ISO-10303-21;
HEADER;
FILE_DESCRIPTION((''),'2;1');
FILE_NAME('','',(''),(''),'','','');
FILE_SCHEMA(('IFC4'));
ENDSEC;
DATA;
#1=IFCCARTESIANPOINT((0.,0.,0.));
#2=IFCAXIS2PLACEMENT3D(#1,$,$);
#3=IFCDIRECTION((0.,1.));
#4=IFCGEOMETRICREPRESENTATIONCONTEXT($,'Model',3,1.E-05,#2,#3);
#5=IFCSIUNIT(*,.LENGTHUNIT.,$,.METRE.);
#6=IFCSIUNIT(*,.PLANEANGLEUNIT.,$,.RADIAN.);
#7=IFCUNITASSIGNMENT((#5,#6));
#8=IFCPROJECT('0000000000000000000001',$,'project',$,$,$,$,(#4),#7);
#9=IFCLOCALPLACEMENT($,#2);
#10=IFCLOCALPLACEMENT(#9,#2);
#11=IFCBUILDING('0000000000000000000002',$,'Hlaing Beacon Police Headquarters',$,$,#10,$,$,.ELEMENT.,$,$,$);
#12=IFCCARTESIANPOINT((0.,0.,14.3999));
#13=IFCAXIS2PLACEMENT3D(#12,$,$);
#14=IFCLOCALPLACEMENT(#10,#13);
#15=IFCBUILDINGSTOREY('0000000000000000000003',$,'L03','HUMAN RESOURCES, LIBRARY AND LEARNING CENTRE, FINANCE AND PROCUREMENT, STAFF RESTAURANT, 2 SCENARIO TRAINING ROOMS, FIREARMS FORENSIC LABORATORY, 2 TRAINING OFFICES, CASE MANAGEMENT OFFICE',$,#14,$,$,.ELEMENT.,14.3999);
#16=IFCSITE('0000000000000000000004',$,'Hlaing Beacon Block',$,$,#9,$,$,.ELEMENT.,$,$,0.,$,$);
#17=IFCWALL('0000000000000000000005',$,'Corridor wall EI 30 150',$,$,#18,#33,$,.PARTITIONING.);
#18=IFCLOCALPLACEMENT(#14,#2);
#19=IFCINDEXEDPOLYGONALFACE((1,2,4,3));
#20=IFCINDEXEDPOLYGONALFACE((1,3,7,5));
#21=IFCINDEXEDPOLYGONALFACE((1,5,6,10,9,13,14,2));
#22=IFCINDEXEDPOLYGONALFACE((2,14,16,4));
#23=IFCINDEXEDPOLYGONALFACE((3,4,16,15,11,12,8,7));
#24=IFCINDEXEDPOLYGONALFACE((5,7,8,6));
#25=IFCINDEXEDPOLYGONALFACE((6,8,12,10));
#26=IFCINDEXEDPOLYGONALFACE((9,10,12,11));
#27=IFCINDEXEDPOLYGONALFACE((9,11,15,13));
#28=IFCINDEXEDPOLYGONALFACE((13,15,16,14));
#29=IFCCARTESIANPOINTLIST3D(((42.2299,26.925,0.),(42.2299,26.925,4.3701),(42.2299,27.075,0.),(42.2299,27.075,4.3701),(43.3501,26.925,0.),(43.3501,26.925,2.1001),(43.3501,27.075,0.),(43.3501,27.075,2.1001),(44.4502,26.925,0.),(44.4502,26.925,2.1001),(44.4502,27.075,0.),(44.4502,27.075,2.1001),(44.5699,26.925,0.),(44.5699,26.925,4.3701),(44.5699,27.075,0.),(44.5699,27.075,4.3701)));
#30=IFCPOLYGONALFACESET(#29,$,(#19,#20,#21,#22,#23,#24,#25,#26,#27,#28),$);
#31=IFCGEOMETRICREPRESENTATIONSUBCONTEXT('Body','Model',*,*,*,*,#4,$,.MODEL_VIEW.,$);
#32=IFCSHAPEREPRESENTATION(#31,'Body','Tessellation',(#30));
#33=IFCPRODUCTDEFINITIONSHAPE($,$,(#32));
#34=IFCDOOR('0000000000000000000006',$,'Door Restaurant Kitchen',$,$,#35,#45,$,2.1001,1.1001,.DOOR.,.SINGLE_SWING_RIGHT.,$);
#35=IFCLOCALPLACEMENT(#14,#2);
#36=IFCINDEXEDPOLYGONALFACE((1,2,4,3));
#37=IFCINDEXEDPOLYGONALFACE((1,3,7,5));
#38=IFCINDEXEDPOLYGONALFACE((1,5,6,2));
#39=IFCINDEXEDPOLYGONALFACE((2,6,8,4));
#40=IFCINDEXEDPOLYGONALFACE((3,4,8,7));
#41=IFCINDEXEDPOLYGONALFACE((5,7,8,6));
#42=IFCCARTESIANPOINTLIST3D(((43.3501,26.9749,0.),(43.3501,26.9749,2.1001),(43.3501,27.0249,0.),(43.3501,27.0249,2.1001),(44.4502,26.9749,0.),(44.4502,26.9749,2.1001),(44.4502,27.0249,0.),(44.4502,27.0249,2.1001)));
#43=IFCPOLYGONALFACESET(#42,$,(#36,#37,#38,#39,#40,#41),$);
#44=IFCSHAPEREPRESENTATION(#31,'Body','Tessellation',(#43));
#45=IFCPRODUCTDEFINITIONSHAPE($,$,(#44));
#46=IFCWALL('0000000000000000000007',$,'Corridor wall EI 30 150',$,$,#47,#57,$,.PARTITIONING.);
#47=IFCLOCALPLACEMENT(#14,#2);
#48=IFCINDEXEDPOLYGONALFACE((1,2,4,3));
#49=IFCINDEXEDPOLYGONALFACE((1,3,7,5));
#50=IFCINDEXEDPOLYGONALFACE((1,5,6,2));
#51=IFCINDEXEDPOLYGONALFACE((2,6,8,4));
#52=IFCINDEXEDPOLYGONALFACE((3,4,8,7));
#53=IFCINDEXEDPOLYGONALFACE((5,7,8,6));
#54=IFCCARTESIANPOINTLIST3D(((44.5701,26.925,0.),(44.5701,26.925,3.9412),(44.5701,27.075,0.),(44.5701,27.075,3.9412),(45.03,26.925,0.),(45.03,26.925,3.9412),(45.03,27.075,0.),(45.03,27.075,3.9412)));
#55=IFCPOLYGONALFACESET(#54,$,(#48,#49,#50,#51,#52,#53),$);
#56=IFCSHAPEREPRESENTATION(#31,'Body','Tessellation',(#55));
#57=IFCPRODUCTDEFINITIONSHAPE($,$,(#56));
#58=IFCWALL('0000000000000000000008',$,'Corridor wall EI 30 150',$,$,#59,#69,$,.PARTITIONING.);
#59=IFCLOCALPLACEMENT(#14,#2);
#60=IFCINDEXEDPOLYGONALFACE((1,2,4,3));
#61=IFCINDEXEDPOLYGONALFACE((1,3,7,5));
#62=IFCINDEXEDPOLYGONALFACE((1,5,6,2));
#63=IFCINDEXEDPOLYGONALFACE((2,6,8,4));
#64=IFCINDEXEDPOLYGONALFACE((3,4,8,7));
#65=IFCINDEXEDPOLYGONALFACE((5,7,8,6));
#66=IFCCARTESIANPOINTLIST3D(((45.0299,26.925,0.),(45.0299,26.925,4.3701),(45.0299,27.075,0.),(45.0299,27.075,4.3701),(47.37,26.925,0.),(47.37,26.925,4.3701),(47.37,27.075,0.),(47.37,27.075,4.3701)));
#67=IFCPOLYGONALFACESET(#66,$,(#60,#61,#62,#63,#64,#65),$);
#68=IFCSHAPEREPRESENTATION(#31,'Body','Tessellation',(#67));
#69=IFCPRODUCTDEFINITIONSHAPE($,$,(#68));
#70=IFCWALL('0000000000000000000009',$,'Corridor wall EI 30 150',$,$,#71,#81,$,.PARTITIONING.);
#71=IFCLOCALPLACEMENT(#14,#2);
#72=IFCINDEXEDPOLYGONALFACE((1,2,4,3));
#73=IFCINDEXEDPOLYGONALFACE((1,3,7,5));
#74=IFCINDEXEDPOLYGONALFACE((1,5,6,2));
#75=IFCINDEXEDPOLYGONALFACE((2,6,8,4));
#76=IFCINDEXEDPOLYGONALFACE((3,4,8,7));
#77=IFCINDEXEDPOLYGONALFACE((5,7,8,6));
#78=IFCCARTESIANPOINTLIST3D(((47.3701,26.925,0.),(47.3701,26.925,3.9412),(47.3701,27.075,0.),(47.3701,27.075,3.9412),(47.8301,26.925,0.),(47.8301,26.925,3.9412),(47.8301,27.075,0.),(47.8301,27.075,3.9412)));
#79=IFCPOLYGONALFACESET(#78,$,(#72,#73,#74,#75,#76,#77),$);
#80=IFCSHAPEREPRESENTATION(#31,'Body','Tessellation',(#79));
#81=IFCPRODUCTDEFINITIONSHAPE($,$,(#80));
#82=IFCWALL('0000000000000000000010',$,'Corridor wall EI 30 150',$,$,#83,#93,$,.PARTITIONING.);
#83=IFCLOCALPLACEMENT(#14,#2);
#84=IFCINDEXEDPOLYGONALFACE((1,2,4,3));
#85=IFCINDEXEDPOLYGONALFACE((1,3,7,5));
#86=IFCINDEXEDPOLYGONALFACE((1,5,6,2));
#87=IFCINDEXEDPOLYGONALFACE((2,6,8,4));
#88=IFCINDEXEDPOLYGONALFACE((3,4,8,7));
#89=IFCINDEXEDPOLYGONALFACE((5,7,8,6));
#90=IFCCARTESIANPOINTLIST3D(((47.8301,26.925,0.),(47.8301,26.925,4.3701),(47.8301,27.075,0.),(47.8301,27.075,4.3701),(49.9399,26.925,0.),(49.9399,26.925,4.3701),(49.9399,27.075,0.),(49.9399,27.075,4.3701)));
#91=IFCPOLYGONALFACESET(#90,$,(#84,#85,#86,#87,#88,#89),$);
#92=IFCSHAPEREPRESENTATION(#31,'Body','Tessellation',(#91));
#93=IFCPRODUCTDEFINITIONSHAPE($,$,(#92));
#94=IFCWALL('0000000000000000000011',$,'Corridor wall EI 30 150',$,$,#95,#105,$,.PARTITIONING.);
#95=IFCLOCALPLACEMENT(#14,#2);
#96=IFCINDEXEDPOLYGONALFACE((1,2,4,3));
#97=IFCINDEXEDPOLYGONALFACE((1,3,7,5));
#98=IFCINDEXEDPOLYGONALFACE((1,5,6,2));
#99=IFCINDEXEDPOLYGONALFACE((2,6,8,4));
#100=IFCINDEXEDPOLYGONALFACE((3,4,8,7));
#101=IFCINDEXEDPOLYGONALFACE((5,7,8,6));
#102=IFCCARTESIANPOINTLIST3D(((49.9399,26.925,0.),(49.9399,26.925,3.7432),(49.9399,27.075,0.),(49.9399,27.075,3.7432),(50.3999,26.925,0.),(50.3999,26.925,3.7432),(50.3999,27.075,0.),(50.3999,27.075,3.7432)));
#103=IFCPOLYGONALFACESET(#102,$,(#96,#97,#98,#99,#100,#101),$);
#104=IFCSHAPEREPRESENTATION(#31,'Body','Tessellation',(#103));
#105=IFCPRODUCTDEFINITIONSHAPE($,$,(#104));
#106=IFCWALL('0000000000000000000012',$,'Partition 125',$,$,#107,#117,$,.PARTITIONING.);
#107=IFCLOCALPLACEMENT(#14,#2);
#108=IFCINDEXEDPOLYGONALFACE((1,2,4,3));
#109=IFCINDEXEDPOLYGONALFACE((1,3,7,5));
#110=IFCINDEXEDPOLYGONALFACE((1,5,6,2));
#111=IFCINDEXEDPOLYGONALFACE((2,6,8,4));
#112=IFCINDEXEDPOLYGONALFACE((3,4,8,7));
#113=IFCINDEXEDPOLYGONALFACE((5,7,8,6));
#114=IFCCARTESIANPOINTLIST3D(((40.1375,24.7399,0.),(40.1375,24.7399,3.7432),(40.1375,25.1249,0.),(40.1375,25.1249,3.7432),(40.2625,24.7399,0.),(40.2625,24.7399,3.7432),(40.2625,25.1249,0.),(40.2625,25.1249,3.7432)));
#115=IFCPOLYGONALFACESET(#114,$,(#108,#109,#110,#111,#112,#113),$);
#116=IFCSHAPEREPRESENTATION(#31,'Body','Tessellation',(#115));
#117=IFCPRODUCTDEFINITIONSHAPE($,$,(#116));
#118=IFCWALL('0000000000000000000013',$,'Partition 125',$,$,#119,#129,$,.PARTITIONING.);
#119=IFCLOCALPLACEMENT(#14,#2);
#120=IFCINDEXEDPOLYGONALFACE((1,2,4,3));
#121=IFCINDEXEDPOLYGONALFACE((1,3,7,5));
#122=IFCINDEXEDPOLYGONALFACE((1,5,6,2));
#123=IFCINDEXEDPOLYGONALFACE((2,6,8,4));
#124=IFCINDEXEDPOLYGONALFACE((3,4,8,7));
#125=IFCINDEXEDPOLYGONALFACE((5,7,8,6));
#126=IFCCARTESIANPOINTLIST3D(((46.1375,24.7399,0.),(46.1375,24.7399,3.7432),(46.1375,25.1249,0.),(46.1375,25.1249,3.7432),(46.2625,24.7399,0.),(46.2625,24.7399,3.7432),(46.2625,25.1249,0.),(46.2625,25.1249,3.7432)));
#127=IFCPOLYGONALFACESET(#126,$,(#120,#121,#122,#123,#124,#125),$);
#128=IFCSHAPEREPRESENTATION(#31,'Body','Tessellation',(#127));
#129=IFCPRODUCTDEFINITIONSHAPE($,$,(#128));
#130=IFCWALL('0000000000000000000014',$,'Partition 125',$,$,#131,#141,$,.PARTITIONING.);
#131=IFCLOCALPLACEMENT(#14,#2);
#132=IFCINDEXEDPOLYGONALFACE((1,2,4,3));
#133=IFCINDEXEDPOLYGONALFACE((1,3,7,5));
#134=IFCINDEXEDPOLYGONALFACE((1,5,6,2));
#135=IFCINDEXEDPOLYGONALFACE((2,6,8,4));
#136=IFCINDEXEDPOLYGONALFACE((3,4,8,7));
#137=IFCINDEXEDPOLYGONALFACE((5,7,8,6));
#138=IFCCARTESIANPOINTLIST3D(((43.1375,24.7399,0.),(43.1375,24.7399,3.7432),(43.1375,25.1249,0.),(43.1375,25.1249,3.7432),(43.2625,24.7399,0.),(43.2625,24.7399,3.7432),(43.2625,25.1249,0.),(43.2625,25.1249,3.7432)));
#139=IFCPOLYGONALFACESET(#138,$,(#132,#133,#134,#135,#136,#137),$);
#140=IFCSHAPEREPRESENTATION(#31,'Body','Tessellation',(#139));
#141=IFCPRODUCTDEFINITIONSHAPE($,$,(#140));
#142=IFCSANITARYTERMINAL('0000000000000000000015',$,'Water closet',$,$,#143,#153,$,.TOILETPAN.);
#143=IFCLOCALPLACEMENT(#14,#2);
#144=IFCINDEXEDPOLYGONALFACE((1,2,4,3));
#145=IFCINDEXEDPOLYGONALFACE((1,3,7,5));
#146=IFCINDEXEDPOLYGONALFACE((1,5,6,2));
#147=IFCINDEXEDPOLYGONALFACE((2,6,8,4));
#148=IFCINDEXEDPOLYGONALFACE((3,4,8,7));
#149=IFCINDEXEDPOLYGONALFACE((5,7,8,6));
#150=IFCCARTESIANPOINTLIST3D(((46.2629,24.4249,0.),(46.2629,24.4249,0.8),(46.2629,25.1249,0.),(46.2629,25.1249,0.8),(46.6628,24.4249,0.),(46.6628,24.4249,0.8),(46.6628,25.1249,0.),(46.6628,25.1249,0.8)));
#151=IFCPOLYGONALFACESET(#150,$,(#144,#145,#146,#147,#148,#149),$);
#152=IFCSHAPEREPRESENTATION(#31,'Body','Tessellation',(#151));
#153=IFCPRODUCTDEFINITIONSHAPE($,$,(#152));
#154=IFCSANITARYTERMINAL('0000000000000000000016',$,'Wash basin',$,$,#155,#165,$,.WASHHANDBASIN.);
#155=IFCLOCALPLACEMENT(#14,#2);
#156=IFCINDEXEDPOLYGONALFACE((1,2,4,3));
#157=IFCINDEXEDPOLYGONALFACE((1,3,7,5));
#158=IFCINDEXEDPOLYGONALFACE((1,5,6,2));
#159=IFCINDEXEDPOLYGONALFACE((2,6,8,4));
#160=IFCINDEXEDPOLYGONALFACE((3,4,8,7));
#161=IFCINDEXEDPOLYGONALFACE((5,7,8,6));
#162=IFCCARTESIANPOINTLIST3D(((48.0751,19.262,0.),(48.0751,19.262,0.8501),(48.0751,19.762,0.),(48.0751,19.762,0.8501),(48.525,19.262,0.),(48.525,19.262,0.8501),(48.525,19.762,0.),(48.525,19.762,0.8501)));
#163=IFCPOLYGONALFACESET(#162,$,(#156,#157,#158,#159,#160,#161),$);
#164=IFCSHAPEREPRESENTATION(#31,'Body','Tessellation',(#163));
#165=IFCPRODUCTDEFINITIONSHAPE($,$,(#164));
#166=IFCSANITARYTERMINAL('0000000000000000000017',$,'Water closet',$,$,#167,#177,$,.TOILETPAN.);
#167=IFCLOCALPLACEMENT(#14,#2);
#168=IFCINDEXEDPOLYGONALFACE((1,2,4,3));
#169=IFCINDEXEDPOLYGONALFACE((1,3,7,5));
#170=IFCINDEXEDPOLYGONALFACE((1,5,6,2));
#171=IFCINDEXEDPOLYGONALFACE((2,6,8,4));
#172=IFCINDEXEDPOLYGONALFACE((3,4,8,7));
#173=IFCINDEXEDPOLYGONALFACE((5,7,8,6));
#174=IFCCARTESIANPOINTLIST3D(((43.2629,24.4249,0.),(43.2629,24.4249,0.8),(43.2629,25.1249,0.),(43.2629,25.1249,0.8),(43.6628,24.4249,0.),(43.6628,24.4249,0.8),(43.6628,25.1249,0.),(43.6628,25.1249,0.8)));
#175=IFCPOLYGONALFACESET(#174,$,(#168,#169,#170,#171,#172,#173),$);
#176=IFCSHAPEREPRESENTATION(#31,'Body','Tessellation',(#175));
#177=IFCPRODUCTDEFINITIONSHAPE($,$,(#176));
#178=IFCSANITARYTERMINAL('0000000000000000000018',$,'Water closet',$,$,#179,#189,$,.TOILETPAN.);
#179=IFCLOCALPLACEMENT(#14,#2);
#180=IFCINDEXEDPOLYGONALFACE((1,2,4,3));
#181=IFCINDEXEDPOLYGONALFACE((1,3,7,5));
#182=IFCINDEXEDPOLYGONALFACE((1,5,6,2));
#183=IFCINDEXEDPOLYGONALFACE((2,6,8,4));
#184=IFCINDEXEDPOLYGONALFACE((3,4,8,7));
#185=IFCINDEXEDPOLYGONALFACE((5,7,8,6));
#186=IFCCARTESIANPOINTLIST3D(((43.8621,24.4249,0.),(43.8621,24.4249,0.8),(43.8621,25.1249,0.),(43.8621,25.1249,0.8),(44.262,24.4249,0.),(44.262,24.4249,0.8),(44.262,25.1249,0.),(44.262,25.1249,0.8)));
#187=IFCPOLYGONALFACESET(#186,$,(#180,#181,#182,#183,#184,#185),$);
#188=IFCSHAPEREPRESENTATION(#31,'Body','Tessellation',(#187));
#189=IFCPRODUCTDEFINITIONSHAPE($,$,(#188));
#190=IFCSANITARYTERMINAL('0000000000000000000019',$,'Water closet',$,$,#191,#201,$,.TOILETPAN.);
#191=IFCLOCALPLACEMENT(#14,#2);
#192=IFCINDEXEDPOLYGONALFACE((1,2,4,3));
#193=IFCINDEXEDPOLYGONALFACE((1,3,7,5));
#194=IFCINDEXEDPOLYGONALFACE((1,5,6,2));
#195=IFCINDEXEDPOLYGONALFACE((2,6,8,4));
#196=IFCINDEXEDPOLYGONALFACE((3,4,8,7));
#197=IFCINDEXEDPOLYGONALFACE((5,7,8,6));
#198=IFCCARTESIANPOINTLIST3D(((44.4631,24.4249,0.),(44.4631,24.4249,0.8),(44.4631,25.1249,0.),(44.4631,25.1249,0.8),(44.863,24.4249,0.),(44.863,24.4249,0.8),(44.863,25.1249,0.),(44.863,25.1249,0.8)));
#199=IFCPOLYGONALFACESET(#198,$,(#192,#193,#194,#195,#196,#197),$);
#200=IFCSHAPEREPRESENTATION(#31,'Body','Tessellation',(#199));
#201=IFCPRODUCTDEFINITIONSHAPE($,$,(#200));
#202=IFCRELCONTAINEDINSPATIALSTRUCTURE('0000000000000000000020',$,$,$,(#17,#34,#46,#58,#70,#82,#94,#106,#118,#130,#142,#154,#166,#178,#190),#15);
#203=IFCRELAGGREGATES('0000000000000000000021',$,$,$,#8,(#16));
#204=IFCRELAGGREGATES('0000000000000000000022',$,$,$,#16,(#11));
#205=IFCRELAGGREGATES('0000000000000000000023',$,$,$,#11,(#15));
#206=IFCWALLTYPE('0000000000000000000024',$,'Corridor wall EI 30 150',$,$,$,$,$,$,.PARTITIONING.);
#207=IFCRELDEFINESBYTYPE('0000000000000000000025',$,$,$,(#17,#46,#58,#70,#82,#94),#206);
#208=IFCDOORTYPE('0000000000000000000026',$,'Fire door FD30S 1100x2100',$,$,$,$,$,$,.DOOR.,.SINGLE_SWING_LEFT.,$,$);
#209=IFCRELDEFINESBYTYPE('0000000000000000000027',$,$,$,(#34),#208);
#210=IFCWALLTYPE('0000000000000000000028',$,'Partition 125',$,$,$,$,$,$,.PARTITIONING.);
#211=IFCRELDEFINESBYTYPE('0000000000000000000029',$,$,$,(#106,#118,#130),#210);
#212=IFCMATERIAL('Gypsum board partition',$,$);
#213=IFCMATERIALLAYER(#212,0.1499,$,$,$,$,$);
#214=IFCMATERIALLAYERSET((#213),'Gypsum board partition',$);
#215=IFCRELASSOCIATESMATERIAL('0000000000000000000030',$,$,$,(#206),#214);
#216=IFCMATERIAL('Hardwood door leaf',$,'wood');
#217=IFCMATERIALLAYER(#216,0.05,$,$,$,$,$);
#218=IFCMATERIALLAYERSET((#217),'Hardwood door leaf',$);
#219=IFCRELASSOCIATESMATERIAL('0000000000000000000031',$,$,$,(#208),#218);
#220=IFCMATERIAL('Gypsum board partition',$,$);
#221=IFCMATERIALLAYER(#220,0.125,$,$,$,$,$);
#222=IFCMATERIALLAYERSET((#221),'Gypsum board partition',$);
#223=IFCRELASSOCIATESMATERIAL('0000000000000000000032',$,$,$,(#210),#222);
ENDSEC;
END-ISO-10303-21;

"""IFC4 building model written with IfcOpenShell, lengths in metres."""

from ifc_helpers import new_model, si_unit, direction, frame, frame_2d, origin, origin_2d, place, context, subcontext, project, spatial, rectangle, extrude, material, layer, layer_set, type_object, element, fill, save


model = new_model("IFC4")

# Units and contexts
model_context = context("Model", 3, precision=1e-05, world=origin(), true_north=direction((0.0, 1.0)))
body_context = subcontext(model_context, "Body", "Model", "MODEL_VIEW")
ifc_project = project(units=[si_unit("LENGTHUNIT", "METRE"), si_unit("PLANEANGLEUNIT", "RADIAN")], contexts=[model_context])

# Site, building, storey
site_placement = place(None, origin())
site = spatial("IfcSite", under=ifc_project, at=site_placement, Name="Hlaing Beacon Block", CompositionType="ELEMENT", RefElevation=0.0)
building_placement = place(site_placement, origin())
building = spatial("IfcBuilding", under=site, at=building_placement, Name="Hlaing Beacon Police Headquarters", CompositionType="ELEMENT")
storey_placement = place(building_placement, frame((0.0, 0.0, 14.3999)))
storey = spatial("IfcBuildingStorey", under=building, at=storey_placement, Name="L03", Description="HUMAN RESOURCES, LIBRARY AND LEARNING CENTRE, FINANCE AND PROCUREMENT, STAFF RESTAURANT, 2 SCENARIO TRAINING ROOMS, FIREARMS FORENSIC LABORATORY, 2 TRAINING OFFICES, CASE MANAGEMENT OFFICE", CompositionType="ELEMENT", Elevation=14.3999)

# Shared definitions
ifc_material_1 = material(Name="Gypsum board partition")
ifc_layer_1 = layer(ifc_material_1, 0.1499)
ifc_layer_set_1 = layer_set([ifc_layer_1], Name="Gypsum board partition")
wall_type_1 = type_object("IfcWallType", Name="Corridor wall EI 30 150", PredefinedType="PARTITIONING", material=ifc_layer_set_1)

# Wall, opening, door
wall_1_placement = place(storey_placement, frame((42.23, 27.0, 0.0), z_axis=(0.0, 0.0, 1.0), x_axis=(1.0, 0.0, 0.0)))
wall_1 = element("IfcWall", 1, at=wall_1_placement, inside=storey, type_object=wall_type_1, Name="Corridor wall EI 30 150", PredefinedType="PARTITIONING", context=body_context, shape_type="SweptSolid", body=[
    extrude(rectangle(XDim=2.3401, YDim=0.1499, at=frame_2d((1.1699, 0.0))), origin(), (0.0, 0.0, 1.0), 4.3701),
])
opening_placement = place(wall_1_placement, frame((1.1201, 0.0, 0.0)))
opening = element("IfcOpeningElement", 2, at=opening_placement, cuts=wall_1, PredefinedType="OPENING", context=body_context, shape_type="SweptSolid", body=[
    extrude(rectangle(XDim=1.1001, YDim=2.1001, at=frame_2d((0.55, 1.05))), frame((0.0, 0.085, 0.0), z_axis=(0.0, -1.0, 0.0), x_axis=(1.0, 0.0, 0.0)), (0.0, 0.0, 1.0), 0.1699),
])
ifc_material_2 = material(Name="Hardwood door leaf", Category="wood")
ifc_layer_2 = layer(ifc_material_2, 0.05)
ifc_layer_set_2 = layer_set([ifc_layer_2], Name="Hardwood door leaf")
door_type = type_object("IfcDoorType", Name="Fire door FD30S 1100x2100", OperationType="SINGLE_SWING_LEFT", PredefinedType="DOOR", material=ifc_layer_set_2)
door_placement = place(opening_placement, origin())
door = element("IfcDoor", 3, at=door_placement, inside=storey, type_object=door_type, Name="Door Restaurant Kitchen", OperationType="SINGLE_SWING_RIGHT", OverallHeight=2.1001, OverallWidth=1.1001, PredefinedType="DOOR", context=body_context, shape_type="SweptSolid", body=[
    extrude(rectangle(XDim=1.1001, YDim=2.1001, at=frame_2d((0.55, 1.05))), frame((0.0, 0.0249, 0.0), z_axis=(0.0, -1.0, 0.0), x_axis=(1.0, 0.0, 0.0)), (0.0, 0.0, 1.0), 0.05),
])
fill(opening, door)

# Walls
wall_2_placement = place(storey_placement, frame((44.5701, 27.0, 0.0), z_axis=(0.0, 0.0, 1.0), x_axis=(1.0, 0.0, 0.0)))
element("IfcWall", 4, at=wall_2_placement, inside=storey, type_object=wall_type_1, Name="Corridor wall EI 30 150", PredefinedType="PARTITIONING", context=body_context, shape_type="SweptSolid", body=[
    extrude(rectangle(XDim=0.46, YDim=0.1499, at=frame_2d((0.23, 0.0))), origin(), (0.0, 0.0, 1.0), 3.9412),
])
wall_3_placement = place(storey_placement, frame((45.03, 27.0, 0.0), z_axis=(0.0, 0.0, 1.0), x_axis=(1.0, 0.0, 0.0)))
element("IfcWall", 5, at=wall_3_placement, inside=storey, type_object=wall_type_1, Name="Corridor wall EI 30 150", PredefinedType="PARTITIONING", context=body_context, shape_type="SweptSolid", body=[
    extrude(rectangle(XDim=2.3401, YDim=0.1499, at=frame_2d((1.1699, 0.0))), origin(), (0.0, 0.0, 1.0), 4.3701),
])
wall_4_placement = place(storey_placement, frame((47.3701, 27.0, 0.0), z_axis=(0.0, 0.0, 1.0), x_axis=(1.0, 0.0, 0.0)))
element("IfcWall", 6, at=wall_4_placement, inside=storey, type_object=wall_type_1, Name="Corridor wall EI 30 150", PredefinedType="PARTITIONING", context=body_context, shape_type="SweptSolid", body=[
    extrude(rectangle(XDim=0.46, YDim=0.1499, at=frame_2d((0.23, 0.0))), origin(), (0.0, 0.0, 1.0), 3.9412),
])
wall_5_placement = place(storey_placement, frame((47.8301, 27.0, 0.0), z_axis=(0.0, 0.0, 1.0), x_axis=(1.0, 0.0, 0.0)))
element("IfcWall", 7, at=wall_5_placement, inside=storey, type_object=wall_type_1, Name="Corridor wall EI 30 150", PredefinedType="PARTITIONING", context=body_context, shape_type="SweptSolid", body=[
    extrude(rectangle(XDim=2.1099, YDim=0.1499, at=frame_2d((1.0549, 0.0))), origin(), (0.0, 0.0, 1.0), 4.3701),
])
wall_6_placement = place(storey_placement, frame((49.9399, 27.0, 0.0), z_axis=(0.0, 0.0, 1.0), x_axis=(1.0, 0.0, 0.0)))
element("IfcWall", 8, at=wall_6_placement, inside=storey, type_object=wall_type_1, Name="Corridor wall EI 30 150", PredefinedType="PARTITIONING", context=body_context, shape_type="SweptSolid", body=[
    extrude(rectangle(XDim=0.46, YDim=0.1499, at=frame_2d((0.23, 0.0))), origin(), (0.0, 0.0, 1.0), 3.7432),
])
ifc_material_3 = material(Name="Gypsum board partition")
ifc_layer_3 = layer(ifc_material_3, 0.125)
ifc_layer_set_3 = layer_set([ifc_layer_3], Name="Gypsum board partition")
wall_type_2 = type_object("IfcWallType", Name="Partition 125", PredefinedType="PARTITIONING", material=ifc_layer_set_3)
for number, where, z_axis, x_axis, name in (
    (9, (40.2, 24.74, 0.0), (0.0, 0.0, 1.0), (0.0, 1.0, 0.0), "Partition 125"),
    (10, (46.2, 24.74, 0.0), (0.0, 0.0, 1.0), (0.0, 1.0, 0.0), "Partition 125"),
    (11, (43.2, 24.74, 0.0), (0.0, 0.0, 1.0), (0.0, 1.0, 0.0), "Partition 125"),
):
    element("IfcWall", number, at=place(storey_placement, frame(where, z_axis=z_axis, x_axis=x_axis)), inside=storey, type_object=wall_type_2, Name=name, PredefinedType="PARTITIONING", context=body_context, shape_type="SweptSolid", body=[
        extrude(rectangle(XDim=0.385, YDim=0.125, at=frame_2d((0.1924, 0.0))), origin(), (0.0, 0.0, 1.0), 3.7432),
    ])

# Sanitary terminals
sanitary_terminal_1_placement = place(storey_placement, frame((46.4629, 24.7749, 0.0), z_axis=(0.0, 0.0, 1.0), x_axis=(1.0, 0.0, 0.0)))
element("IfcSanitaryTerminal", 12, at=sanitary_terminal_1_placement, inside=storey, Name="Water closet", PredefinedType="TOILETPAN", context=body_context, shape_type="SweptSolid", body=[
    extrude(rectangle(XDim=0.3999, YDim=0.7, at=origin_2d()), origin(), (0.0, 0.0, 1.0), 0.8),
])
sanitary_terminal_2_placement = place(storey_placement, frame((48.3, 19.512, 0.0), z_axis=(0.0, 0.0, 1.0), x_axis=(1.0, 0.0, 0.0)))
element("IfcSanitaryTerminal", 13, at=sanitary_terminal_2_placement, inside=storey, Name="Wash basin", PredefinedType="WASHHANDBASIN", context=body_context, shape_type="SweptSolid", body=[
    extrude(rectangle(XDim=0.45, YDim=0.5, at=origin_2d()), origin(), (0.0, 0.0, 1.0), 0.8501),
])
for number, where, z_axis, x_axis, name in (
    (14, (43.4629, 24.7749, 0.0), (0.0, 0.0, 1.0), (1.0, 0.0, 0.0), "Water closet"),
    (15, (44.062, 24.7749, 0.0), (0.0, 0.0, 1.0), (1.0, 0.0, 0.0), "Water closet"),
    (16, (44.6631, 24.7749, 0.0), (0.0, 0.0, 1.0), (1.0, 0.0, 0.0), "Water closet"),
):
    element("IfcSanitaryTerminal", number, at=place(storey_placement, frame(where, z_axis=z_axis, x_axis=x_axis)), inside=storey, Name=name, PredefinedType="TOILETPAN", context=body_context, shape_type="SweptSolid", body=[
        extrude(rectangle(XDim=0.3999, YDim=0.7, at=origin_2d()), origin(), (0.0, 0.0, 1.0), 0.8),
    ])

save(model, "model.ifc")
